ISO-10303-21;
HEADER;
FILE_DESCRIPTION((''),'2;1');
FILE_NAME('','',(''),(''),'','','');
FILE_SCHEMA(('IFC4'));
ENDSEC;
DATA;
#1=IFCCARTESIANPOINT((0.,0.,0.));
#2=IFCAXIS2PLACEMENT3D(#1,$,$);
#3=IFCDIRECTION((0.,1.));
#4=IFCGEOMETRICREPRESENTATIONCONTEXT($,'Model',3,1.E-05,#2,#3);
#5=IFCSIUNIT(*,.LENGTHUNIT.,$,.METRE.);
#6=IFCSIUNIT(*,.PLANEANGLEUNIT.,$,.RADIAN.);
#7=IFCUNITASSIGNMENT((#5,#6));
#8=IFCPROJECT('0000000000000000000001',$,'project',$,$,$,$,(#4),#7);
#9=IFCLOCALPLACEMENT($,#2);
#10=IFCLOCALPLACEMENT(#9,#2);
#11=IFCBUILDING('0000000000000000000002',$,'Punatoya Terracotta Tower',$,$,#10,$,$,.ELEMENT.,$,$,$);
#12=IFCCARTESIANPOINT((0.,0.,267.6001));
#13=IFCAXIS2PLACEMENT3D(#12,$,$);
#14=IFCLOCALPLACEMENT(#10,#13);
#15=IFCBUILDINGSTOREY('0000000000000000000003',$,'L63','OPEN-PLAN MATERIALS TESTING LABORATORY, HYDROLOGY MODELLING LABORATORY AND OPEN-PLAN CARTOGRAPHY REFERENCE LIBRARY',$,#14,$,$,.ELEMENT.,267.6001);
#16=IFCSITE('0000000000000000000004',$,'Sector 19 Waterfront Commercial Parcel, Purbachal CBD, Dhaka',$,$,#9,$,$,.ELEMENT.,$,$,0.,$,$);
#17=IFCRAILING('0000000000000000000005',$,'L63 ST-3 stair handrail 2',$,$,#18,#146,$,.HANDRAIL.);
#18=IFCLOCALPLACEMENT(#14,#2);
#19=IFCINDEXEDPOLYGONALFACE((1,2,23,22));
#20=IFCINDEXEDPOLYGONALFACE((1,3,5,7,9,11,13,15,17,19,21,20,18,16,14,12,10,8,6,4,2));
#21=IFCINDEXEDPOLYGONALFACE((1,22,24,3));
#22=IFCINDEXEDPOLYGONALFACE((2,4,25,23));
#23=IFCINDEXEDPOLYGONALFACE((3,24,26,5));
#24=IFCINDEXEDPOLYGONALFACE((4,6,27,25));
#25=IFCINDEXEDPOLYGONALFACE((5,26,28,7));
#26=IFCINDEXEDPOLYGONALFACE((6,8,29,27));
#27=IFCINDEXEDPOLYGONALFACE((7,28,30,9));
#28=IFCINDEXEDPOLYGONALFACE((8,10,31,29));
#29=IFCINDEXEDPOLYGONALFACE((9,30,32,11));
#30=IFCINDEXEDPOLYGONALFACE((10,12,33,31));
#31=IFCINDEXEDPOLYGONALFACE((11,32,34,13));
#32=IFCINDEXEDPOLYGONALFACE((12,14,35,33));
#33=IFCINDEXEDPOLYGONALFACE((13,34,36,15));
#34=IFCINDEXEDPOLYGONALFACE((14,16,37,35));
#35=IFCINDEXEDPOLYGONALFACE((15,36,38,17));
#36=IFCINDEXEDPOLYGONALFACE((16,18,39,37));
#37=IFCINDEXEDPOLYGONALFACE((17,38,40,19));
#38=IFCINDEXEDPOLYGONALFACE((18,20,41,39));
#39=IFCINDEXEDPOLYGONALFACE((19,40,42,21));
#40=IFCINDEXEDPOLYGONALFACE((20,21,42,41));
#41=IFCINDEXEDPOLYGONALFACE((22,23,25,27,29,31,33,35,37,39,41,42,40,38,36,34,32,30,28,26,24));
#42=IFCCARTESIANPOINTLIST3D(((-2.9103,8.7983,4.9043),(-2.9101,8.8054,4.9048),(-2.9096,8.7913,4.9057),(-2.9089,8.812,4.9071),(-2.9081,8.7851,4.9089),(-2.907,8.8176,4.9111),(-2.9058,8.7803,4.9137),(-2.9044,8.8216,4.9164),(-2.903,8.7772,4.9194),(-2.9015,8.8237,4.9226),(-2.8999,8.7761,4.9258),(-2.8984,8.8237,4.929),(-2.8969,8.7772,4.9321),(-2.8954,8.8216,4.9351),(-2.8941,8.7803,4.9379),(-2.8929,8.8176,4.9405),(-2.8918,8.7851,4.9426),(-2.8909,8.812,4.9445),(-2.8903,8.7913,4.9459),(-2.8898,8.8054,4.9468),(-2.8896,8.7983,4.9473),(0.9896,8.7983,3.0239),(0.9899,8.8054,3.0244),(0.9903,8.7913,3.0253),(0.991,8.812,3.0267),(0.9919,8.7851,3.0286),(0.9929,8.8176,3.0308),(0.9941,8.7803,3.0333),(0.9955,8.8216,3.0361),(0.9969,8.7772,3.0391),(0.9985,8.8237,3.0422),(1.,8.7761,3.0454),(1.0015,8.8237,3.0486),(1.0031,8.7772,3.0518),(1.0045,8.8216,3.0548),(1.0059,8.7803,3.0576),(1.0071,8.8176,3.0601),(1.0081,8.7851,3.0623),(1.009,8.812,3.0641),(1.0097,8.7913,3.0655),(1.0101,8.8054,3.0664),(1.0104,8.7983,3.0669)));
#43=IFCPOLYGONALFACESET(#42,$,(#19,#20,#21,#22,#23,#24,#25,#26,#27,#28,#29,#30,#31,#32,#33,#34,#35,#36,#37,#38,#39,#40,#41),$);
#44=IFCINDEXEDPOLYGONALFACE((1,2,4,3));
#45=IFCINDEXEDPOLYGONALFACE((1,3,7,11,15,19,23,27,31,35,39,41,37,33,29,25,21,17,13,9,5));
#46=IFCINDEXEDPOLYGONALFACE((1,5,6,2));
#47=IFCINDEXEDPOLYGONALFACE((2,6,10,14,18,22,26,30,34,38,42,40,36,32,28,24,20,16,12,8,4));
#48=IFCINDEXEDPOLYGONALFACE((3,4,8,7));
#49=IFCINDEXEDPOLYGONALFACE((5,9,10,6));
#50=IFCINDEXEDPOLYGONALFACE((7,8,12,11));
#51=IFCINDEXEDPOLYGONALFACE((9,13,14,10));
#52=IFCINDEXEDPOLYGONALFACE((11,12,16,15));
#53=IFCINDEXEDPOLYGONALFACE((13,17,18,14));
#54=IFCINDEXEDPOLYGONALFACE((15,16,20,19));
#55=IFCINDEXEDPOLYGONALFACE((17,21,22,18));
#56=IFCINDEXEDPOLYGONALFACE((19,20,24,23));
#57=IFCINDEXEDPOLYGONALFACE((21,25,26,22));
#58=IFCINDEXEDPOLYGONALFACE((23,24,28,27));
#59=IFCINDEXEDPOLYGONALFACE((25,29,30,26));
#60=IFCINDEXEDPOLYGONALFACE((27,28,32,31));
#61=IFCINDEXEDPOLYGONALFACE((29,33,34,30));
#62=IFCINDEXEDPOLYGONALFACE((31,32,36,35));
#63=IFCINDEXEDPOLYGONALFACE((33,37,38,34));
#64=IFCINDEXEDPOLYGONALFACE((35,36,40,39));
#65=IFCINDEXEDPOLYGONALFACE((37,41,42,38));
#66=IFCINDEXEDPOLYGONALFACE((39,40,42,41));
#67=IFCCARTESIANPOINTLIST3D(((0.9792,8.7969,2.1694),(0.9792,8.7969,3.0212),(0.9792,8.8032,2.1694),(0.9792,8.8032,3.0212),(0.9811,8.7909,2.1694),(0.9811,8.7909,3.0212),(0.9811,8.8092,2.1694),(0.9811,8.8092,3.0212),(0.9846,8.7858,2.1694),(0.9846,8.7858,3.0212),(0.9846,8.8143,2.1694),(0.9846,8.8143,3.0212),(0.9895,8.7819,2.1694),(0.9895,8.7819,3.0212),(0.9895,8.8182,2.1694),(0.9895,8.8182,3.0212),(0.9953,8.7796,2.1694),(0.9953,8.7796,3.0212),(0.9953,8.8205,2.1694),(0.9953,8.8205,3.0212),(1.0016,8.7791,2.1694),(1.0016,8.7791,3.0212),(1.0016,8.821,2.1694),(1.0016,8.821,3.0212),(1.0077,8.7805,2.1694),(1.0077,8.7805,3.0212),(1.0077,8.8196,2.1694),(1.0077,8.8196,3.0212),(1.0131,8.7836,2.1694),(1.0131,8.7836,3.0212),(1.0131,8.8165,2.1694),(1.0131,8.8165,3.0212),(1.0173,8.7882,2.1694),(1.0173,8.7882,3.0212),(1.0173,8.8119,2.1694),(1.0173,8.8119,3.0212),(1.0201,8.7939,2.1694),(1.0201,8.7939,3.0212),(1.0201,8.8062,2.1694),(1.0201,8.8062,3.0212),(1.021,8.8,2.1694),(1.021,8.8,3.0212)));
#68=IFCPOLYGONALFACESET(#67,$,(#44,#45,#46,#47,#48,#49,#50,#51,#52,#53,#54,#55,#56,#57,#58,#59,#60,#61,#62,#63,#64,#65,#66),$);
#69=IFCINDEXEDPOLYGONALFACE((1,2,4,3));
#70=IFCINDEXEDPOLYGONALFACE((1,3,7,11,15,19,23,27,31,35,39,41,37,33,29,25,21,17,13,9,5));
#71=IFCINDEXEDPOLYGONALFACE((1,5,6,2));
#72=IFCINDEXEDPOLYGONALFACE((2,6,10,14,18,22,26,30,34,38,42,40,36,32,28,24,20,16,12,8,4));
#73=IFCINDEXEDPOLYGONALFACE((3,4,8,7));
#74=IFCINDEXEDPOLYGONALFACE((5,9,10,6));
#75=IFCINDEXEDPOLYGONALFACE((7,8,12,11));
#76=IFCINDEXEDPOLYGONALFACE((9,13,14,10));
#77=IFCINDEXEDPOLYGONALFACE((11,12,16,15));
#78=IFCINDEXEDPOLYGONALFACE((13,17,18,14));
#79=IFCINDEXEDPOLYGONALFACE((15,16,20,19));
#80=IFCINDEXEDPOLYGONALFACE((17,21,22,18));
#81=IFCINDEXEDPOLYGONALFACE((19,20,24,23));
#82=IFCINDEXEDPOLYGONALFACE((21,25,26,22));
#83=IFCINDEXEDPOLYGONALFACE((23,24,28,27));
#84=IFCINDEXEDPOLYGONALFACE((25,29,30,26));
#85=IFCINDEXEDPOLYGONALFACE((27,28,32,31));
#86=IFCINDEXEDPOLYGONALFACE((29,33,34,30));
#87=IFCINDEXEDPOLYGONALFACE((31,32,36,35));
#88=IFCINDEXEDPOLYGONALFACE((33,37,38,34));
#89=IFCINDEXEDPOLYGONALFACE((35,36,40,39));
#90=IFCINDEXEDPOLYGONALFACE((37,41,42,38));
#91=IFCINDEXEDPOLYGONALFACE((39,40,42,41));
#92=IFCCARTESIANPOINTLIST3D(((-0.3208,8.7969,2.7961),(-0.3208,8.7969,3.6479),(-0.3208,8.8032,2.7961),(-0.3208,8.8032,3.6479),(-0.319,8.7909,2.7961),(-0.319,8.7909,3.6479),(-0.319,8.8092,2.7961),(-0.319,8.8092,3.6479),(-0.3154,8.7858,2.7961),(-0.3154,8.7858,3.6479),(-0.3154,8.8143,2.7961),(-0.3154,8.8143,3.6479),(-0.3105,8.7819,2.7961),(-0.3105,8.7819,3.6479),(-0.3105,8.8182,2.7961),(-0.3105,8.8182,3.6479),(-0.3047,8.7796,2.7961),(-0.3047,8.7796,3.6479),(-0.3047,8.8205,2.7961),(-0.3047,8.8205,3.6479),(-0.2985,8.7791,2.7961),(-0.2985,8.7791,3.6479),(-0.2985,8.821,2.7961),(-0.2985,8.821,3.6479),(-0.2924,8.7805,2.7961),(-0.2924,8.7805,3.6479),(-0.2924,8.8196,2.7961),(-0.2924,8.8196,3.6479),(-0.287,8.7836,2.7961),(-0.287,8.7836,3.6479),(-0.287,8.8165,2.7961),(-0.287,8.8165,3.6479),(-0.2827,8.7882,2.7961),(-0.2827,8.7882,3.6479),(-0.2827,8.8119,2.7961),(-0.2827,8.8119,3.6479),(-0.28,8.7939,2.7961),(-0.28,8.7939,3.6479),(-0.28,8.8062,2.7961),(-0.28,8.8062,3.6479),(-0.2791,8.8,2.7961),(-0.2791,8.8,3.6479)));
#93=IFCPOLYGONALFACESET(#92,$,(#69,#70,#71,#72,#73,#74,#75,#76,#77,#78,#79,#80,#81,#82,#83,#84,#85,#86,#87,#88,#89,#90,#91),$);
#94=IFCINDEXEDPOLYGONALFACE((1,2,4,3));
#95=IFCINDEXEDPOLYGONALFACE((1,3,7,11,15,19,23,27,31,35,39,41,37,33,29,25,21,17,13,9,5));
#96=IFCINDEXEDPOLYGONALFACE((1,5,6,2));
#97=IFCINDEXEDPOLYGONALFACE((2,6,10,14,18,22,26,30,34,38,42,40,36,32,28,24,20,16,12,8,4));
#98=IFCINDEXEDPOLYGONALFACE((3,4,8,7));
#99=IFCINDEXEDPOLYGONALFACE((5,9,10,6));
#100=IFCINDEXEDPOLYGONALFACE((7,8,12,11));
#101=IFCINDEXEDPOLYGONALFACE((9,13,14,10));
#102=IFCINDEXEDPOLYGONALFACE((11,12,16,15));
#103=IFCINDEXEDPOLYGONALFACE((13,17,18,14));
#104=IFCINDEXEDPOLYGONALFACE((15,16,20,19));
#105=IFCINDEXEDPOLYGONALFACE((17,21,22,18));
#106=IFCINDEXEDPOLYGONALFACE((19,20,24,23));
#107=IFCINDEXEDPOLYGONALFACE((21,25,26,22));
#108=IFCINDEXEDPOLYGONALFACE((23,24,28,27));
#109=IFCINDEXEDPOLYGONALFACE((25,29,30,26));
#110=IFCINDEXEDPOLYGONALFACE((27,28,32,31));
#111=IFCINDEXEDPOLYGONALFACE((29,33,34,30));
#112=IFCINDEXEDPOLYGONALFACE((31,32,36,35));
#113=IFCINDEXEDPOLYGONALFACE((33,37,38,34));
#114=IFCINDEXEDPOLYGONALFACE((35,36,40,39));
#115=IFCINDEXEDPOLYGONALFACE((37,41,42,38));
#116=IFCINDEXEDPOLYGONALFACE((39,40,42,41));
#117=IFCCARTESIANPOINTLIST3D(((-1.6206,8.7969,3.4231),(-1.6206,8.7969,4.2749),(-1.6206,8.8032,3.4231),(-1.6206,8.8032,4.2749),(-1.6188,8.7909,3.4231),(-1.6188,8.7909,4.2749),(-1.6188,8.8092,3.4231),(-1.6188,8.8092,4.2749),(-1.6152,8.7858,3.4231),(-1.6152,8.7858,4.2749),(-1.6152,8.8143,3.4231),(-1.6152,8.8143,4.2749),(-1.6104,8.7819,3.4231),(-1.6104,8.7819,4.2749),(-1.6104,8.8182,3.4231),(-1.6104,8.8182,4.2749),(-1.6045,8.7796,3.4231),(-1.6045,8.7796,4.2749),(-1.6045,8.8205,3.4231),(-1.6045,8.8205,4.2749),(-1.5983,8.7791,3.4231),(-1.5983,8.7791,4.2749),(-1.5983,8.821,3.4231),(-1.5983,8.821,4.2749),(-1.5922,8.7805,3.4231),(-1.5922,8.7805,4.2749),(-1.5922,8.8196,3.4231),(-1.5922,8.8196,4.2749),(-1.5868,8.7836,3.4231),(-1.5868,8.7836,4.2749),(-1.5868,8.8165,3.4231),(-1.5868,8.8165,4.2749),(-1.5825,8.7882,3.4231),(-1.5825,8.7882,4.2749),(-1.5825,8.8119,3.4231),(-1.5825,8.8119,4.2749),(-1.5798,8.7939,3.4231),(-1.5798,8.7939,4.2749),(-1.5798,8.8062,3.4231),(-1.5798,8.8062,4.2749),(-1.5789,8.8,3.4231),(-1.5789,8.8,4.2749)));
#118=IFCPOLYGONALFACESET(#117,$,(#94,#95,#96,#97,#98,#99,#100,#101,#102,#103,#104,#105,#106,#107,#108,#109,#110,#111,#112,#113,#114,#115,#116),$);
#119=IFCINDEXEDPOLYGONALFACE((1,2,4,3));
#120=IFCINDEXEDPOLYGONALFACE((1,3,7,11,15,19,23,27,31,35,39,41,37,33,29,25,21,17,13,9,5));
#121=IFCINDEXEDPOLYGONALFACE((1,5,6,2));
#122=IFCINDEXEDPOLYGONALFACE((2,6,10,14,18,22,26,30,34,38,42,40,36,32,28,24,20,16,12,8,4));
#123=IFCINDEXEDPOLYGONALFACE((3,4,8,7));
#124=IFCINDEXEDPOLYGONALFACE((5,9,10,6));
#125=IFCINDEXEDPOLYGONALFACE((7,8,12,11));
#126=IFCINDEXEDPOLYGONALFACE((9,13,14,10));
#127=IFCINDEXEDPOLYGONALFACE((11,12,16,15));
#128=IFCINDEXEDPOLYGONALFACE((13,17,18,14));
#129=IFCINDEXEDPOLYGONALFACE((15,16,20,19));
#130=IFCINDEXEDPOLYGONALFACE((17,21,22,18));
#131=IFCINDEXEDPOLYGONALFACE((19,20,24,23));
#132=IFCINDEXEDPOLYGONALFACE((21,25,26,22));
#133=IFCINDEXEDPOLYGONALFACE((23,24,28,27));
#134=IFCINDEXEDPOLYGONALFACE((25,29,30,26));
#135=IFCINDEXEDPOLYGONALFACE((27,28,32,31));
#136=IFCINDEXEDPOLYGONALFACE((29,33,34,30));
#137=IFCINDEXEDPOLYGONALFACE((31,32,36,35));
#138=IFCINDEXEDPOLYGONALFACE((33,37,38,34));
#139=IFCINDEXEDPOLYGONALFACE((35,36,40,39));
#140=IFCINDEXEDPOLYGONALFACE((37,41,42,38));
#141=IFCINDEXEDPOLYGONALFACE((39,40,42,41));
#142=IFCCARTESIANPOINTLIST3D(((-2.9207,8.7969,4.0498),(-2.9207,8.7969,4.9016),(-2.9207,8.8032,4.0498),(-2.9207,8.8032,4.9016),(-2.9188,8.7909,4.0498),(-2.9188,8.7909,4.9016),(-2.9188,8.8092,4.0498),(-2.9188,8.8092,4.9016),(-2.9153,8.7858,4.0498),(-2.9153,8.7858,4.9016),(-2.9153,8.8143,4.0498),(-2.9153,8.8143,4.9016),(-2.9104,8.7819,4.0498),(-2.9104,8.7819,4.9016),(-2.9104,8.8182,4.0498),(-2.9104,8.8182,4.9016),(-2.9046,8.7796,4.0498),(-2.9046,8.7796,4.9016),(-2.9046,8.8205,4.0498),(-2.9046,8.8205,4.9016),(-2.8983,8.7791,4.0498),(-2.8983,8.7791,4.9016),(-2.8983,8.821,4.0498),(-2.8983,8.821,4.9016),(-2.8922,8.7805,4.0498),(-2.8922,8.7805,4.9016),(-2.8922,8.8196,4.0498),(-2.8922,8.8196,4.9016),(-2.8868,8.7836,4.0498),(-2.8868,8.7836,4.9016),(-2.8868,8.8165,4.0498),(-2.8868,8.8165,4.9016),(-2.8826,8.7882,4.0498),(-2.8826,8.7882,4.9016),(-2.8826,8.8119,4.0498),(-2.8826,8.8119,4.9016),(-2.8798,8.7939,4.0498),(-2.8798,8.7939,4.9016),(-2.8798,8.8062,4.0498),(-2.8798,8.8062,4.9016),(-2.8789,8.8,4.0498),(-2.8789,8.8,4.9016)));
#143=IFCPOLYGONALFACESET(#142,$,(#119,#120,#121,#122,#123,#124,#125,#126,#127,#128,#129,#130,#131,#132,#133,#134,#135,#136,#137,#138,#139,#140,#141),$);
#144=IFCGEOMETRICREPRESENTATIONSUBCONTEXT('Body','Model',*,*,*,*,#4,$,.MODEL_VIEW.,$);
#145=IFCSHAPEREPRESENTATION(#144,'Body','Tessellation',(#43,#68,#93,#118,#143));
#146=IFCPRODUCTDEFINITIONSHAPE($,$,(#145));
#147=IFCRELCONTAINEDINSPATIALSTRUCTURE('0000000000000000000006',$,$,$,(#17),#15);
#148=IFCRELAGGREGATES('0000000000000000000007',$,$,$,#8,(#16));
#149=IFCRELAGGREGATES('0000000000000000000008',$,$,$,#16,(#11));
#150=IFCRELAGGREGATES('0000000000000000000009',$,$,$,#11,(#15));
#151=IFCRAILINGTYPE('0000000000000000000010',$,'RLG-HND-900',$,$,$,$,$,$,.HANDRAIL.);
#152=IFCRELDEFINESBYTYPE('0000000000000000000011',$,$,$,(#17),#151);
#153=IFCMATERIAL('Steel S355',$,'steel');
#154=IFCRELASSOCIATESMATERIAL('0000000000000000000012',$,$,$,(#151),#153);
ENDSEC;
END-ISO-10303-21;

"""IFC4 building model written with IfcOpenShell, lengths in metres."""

from ifc_helpers import new_model, si_unit, direction, frame, origin, origin_2d, place, context, subcontext, project, spatial, circle, extrude, material, type_object, element, save


model = new_model("IFC4")

# Units and contexts
model_context = context("Model", 3, precision=1e-05, world=origin(), true_north=direction((0.0, 1.0)))
body_context = subcontext(model_context, "Body", "Model", "MODEL_VIEW")
ifc_project = project(units=[si_unit("LENGTHUNIT", "METRE"), si_unit("PLANEANGLEUNIT", "RADIAN")], contexts=[model_context])

# Site, building, storey
site_placement = place(None, origin())
site = spatial("IfcSite", under=ifc_project, at=site_placement, Name="Sector 19 Waterfront Commercial Parcel, Purbachal CBD, Dhaka", CompositionType="ELEMENT", RefElevation=0.0)
building_placement = place(site_placement, origin())
building = spatial("IfcBuilding", under=site, at=building_placement, Name="Punatoya Terracotta Tower", CompositionType="ELEMENT")
storey_placement = place(building_placement, frame((0.0, 0.0, 267.6001)))
storey = spatial("IfcBuildingStorey", under=building, at=storey_placement, Name="L63", Description="OPEN-PLAN MATERIALS TESTING LABORATORY, HYDROLOGY MODELLING LABORATORY AND OPEN-PLAN CARTOGRAPHY REFERENCE LIBRARY", CompositionType="ELEMENT", Elevation=267.6001)

# Shared definitions
ifc_material_1 = material(Name="Steel S355", Category="steel")

# Railing
railing_type_1 = type_object("IfcRailingType", Name="RLG-HND-900", PredefinedType="HANDRAIL", material=ifc_material_1)
railing_1_placement = place(storey_placement, frame((1.0, 8.8, 2.1694)))
element("IfcRailing", 1, at=railing_1_placement, inside=storey, type_object=railing_type_1, Name="L63 ST-3 stair handrail 2", PredefinedType="HANDRAIL", context=body_context, shape_type="SweptSolid", body=[
    extrude(circle(Radius=0.0239, at=origin_2d()), frame((0.0, 0.0, 0.876), z_axis=(-0.900763, 0.0, 0.434311), x_axis=(0.0, -1.0, 0.0)), (0.0, 0.0, 1.0), 4.3296),
    extrude(circle(Radius=0.021, at=origin_2d()), origin(), (0.0, 0.0, 1.0), 0.8518),
    extrude(circle(Radius=0.021, at=origin_2d()), frame((-1.3, 0.0, 0.6267)), (0.0, 0.0, 1.0), 0.8518),
    extrude(circle(Radius=0.021, at=origin_2d()), frame((-2.5999, 0.0, 1.2537)), (0.0, 0.0, 1.0), 0.8518),
    extrude(circle(Radius=0.021, at=origin_2d()), frame((-3.8999, 0.0, 1.8804)), (0.0, 0.0, 1.0), 0.8518),
])

save(model, "model.ifc")
